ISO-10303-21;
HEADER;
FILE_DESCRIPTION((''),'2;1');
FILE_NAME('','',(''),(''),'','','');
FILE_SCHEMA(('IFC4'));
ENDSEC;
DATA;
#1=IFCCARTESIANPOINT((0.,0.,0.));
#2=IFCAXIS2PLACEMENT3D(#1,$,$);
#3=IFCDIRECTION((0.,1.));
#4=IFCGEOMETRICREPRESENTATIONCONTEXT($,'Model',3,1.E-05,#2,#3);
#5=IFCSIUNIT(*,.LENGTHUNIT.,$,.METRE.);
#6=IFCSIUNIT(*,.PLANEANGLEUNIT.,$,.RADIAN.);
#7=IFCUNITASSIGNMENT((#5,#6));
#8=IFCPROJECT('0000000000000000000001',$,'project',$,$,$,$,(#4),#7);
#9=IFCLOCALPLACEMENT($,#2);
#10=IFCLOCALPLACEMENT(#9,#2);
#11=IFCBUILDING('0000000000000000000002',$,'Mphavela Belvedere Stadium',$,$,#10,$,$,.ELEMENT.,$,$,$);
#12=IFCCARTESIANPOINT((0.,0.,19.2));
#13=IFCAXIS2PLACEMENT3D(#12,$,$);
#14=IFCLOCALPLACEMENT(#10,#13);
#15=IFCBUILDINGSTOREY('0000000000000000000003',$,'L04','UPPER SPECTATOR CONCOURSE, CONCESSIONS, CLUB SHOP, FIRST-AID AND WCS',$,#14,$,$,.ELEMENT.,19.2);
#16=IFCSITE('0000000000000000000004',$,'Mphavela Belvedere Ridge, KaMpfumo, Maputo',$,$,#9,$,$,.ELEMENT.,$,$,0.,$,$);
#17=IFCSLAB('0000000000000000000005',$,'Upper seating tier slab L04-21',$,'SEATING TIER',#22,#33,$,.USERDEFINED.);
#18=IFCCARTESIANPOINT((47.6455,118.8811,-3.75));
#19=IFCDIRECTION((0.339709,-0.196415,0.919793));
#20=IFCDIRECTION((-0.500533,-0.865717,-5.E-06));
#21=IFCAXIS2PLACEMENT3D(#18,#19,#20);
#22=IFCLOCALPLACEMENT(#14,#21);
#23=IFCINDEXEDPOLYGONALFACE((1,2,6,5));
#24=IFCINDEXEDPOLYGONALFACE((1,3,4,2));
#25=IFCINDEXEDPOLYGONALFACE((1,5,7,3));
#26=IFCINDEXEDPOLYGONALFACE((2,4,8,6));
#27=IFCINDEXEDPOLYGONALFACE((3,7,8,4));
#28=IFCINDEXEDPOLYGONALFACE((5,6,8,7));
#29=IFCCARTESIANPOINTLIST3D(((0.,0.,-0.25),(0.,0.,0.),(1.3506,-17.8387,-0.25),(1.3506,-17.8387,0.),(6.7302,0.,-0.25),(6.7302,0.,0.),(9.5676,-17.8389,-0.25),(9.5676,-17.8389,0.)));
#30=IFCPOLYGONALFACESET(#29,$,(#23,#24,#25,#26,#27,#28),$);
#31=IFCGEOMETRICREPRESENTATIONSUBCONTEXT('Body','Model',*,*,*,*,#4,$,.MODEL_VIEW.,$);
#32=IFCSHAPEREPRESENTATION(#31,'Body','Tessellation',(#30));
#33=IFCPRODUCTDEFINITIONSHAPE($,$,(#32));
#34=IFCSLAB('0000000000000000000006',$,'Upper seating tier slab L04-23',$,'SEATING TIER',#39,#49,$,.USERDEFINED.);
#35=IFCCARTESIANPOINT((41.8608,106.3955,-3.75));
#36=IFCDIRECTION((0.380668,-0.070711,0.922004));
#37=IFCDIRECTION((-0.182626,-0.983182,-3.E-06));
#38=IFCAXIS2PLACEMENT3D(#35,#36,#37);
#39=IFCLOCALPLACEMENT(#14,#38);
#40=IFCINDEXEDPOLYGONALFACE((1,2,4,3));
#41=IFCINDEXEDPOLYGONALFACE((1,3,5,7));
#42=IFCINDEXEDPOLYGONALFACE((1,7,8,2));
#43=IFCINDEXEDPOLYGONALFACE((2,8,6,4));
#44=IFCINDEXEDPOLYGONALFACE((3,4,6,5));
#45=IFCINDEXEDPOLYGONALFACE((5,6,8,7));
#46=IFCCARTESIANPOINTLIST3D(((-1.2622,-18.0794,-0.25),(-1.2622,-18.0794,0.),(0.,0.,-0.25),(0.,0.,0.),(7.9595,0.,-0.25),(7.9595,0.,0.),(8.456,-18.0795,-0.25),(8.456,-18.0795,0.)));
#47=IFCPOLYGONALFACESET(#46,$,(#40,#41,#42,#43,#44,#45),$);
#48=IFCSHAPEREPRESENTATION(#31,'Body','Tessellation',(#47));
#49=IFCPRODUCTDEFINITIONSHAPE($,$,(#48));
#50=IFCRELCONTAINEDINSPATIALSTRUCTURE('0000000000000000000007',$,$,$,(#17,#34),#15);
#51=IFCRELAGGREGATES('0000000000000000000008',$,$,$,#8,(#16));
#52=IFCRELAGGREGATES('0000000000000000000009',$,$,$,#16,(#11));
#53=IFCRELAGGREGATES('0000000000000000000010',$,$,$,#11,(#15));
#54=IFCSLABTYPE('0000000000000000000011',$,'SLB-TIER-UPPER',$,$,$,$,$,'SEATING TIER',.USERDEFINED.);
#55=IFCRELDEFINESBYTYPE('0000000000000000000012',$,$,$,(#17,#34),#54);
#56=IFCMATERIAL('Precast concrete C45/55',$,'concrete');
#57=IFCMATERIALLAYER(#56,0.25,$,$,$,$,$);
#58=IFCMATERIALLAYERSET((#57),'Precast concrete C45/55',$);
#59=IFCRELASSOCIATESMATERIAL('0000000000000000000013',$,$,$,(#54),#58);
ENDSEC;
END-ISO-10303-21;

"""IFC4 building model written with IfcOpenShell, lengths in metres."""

from ifc_helpers import new_model, si_unit, direction, frame, origin, place, context, subcontext, project, spatial, polyline, outline, extrude, material, layer, layer_set, type_object, element, save


model = new_model("IFC4")

# Units and contexts
model_context = context("Model", 3, precision=1e-05, world=origin(), true_north=direction((0.0, 1.0)))
body_context = subcontext(model_context, "Body", "Model", "MODEL_VIEW")
ifc_project = project(units=[si_unit("LENGTHUNIT", "METRE"), si_unit("PLANEANGLEUNIT", "RADIAN")], contexts=[model_context])

# Site, building, storey
site_placement = place(None, origin())
site = spatial("IfcSite", under=ifc_project, at=site_placement, Name="Mphavela Belvedere Ridge, KaMpfumo, Maputo", CompositionType="ELEMENT", RefElevation=0.0)
building_placement = place(site_placement, origin())
building = spatial("IfcBuilding", under=site, at=building_placement, Name="Mphavela Belvedere Stadium", CompositionType="ELEMENT")
storey_placement = place(building_placement, frame((0.0, 0.0, 19.2)))
storey = spatial("IfcBuildingStorey", under=building, at=storey_placement, Name="L04", Description="UPPER SPECTATOR CONCOURSE, CONCESSIONS, CLUB SHOP, FIRST-AID AND WCS", CompositionType="ELEMENT", Elevation=19.2)

# Slabs
ifc_material_1 = material(Name="Precast concrete C45/55", Category="concrete")
ifc_layer_1 = layer(ifc_material_1, 0.25)
ifc_layer_set_1 = layer_set([ifc_layer_1], Name="Precast concrete C45/55")
slab_type = type_object("IfcSlabType", Name="SLB-TIER-UPPER", ElementType="SEATING TIER", PredefinedType="USERDEFINED", material=ifc_layer_set_1)
slab_1_placement = place(storey_placement, frame((47.6455, 118.8811, -3.75), z_axis=(0.339709, -0.196415, 0.919793), x_axis=(-0.500533, -0.865717, -0.000005)))
element("IfcSlab", 1, at=slab_1_placement, inside=storey, type_object=slab_type, Name="Upper seating tier slab L04-21", ObjectType="SEATING TIER", PredefinedType="USERDEFINED", context=body_context, shape_type="SweptSolid", body=[
    extrude(outline(polyline([(0.0, 0.0), (6.7302, 0.0), (9.5676, -17.8389), (1.3506, -17.8387), (0.0, 0.0)])), origin(), (0.0, 0.0, -1.0), 0.25),
])
slab_2_placement = place(storey_placement, frame((41.8608, 106.3955, -3.75), z_axis=(0.380668, -0.070711, 0.922004), x_axis=(-0.182626, -0.983182, -0.000003)))
element("IfcSlab", 2, at=slab_2_placement, inside=storey, type_object=slab_type, Name="Upper seating tier slab L04-23", ObjectType="SEATING TIER", PredefinedType="USERDEFINED", context=body_context, shape_type="SweptSolid", body=[
    extrude(outline(polyline([(0.0, 0.0), (7.9595, 0.0), (8.456, -18.0795), (-1.2622, -18.0794), (0.0, 0.0)])), origin(), (0.0, 0.0, -1.0), 0.25),
])

save(model, "model.ifc")
